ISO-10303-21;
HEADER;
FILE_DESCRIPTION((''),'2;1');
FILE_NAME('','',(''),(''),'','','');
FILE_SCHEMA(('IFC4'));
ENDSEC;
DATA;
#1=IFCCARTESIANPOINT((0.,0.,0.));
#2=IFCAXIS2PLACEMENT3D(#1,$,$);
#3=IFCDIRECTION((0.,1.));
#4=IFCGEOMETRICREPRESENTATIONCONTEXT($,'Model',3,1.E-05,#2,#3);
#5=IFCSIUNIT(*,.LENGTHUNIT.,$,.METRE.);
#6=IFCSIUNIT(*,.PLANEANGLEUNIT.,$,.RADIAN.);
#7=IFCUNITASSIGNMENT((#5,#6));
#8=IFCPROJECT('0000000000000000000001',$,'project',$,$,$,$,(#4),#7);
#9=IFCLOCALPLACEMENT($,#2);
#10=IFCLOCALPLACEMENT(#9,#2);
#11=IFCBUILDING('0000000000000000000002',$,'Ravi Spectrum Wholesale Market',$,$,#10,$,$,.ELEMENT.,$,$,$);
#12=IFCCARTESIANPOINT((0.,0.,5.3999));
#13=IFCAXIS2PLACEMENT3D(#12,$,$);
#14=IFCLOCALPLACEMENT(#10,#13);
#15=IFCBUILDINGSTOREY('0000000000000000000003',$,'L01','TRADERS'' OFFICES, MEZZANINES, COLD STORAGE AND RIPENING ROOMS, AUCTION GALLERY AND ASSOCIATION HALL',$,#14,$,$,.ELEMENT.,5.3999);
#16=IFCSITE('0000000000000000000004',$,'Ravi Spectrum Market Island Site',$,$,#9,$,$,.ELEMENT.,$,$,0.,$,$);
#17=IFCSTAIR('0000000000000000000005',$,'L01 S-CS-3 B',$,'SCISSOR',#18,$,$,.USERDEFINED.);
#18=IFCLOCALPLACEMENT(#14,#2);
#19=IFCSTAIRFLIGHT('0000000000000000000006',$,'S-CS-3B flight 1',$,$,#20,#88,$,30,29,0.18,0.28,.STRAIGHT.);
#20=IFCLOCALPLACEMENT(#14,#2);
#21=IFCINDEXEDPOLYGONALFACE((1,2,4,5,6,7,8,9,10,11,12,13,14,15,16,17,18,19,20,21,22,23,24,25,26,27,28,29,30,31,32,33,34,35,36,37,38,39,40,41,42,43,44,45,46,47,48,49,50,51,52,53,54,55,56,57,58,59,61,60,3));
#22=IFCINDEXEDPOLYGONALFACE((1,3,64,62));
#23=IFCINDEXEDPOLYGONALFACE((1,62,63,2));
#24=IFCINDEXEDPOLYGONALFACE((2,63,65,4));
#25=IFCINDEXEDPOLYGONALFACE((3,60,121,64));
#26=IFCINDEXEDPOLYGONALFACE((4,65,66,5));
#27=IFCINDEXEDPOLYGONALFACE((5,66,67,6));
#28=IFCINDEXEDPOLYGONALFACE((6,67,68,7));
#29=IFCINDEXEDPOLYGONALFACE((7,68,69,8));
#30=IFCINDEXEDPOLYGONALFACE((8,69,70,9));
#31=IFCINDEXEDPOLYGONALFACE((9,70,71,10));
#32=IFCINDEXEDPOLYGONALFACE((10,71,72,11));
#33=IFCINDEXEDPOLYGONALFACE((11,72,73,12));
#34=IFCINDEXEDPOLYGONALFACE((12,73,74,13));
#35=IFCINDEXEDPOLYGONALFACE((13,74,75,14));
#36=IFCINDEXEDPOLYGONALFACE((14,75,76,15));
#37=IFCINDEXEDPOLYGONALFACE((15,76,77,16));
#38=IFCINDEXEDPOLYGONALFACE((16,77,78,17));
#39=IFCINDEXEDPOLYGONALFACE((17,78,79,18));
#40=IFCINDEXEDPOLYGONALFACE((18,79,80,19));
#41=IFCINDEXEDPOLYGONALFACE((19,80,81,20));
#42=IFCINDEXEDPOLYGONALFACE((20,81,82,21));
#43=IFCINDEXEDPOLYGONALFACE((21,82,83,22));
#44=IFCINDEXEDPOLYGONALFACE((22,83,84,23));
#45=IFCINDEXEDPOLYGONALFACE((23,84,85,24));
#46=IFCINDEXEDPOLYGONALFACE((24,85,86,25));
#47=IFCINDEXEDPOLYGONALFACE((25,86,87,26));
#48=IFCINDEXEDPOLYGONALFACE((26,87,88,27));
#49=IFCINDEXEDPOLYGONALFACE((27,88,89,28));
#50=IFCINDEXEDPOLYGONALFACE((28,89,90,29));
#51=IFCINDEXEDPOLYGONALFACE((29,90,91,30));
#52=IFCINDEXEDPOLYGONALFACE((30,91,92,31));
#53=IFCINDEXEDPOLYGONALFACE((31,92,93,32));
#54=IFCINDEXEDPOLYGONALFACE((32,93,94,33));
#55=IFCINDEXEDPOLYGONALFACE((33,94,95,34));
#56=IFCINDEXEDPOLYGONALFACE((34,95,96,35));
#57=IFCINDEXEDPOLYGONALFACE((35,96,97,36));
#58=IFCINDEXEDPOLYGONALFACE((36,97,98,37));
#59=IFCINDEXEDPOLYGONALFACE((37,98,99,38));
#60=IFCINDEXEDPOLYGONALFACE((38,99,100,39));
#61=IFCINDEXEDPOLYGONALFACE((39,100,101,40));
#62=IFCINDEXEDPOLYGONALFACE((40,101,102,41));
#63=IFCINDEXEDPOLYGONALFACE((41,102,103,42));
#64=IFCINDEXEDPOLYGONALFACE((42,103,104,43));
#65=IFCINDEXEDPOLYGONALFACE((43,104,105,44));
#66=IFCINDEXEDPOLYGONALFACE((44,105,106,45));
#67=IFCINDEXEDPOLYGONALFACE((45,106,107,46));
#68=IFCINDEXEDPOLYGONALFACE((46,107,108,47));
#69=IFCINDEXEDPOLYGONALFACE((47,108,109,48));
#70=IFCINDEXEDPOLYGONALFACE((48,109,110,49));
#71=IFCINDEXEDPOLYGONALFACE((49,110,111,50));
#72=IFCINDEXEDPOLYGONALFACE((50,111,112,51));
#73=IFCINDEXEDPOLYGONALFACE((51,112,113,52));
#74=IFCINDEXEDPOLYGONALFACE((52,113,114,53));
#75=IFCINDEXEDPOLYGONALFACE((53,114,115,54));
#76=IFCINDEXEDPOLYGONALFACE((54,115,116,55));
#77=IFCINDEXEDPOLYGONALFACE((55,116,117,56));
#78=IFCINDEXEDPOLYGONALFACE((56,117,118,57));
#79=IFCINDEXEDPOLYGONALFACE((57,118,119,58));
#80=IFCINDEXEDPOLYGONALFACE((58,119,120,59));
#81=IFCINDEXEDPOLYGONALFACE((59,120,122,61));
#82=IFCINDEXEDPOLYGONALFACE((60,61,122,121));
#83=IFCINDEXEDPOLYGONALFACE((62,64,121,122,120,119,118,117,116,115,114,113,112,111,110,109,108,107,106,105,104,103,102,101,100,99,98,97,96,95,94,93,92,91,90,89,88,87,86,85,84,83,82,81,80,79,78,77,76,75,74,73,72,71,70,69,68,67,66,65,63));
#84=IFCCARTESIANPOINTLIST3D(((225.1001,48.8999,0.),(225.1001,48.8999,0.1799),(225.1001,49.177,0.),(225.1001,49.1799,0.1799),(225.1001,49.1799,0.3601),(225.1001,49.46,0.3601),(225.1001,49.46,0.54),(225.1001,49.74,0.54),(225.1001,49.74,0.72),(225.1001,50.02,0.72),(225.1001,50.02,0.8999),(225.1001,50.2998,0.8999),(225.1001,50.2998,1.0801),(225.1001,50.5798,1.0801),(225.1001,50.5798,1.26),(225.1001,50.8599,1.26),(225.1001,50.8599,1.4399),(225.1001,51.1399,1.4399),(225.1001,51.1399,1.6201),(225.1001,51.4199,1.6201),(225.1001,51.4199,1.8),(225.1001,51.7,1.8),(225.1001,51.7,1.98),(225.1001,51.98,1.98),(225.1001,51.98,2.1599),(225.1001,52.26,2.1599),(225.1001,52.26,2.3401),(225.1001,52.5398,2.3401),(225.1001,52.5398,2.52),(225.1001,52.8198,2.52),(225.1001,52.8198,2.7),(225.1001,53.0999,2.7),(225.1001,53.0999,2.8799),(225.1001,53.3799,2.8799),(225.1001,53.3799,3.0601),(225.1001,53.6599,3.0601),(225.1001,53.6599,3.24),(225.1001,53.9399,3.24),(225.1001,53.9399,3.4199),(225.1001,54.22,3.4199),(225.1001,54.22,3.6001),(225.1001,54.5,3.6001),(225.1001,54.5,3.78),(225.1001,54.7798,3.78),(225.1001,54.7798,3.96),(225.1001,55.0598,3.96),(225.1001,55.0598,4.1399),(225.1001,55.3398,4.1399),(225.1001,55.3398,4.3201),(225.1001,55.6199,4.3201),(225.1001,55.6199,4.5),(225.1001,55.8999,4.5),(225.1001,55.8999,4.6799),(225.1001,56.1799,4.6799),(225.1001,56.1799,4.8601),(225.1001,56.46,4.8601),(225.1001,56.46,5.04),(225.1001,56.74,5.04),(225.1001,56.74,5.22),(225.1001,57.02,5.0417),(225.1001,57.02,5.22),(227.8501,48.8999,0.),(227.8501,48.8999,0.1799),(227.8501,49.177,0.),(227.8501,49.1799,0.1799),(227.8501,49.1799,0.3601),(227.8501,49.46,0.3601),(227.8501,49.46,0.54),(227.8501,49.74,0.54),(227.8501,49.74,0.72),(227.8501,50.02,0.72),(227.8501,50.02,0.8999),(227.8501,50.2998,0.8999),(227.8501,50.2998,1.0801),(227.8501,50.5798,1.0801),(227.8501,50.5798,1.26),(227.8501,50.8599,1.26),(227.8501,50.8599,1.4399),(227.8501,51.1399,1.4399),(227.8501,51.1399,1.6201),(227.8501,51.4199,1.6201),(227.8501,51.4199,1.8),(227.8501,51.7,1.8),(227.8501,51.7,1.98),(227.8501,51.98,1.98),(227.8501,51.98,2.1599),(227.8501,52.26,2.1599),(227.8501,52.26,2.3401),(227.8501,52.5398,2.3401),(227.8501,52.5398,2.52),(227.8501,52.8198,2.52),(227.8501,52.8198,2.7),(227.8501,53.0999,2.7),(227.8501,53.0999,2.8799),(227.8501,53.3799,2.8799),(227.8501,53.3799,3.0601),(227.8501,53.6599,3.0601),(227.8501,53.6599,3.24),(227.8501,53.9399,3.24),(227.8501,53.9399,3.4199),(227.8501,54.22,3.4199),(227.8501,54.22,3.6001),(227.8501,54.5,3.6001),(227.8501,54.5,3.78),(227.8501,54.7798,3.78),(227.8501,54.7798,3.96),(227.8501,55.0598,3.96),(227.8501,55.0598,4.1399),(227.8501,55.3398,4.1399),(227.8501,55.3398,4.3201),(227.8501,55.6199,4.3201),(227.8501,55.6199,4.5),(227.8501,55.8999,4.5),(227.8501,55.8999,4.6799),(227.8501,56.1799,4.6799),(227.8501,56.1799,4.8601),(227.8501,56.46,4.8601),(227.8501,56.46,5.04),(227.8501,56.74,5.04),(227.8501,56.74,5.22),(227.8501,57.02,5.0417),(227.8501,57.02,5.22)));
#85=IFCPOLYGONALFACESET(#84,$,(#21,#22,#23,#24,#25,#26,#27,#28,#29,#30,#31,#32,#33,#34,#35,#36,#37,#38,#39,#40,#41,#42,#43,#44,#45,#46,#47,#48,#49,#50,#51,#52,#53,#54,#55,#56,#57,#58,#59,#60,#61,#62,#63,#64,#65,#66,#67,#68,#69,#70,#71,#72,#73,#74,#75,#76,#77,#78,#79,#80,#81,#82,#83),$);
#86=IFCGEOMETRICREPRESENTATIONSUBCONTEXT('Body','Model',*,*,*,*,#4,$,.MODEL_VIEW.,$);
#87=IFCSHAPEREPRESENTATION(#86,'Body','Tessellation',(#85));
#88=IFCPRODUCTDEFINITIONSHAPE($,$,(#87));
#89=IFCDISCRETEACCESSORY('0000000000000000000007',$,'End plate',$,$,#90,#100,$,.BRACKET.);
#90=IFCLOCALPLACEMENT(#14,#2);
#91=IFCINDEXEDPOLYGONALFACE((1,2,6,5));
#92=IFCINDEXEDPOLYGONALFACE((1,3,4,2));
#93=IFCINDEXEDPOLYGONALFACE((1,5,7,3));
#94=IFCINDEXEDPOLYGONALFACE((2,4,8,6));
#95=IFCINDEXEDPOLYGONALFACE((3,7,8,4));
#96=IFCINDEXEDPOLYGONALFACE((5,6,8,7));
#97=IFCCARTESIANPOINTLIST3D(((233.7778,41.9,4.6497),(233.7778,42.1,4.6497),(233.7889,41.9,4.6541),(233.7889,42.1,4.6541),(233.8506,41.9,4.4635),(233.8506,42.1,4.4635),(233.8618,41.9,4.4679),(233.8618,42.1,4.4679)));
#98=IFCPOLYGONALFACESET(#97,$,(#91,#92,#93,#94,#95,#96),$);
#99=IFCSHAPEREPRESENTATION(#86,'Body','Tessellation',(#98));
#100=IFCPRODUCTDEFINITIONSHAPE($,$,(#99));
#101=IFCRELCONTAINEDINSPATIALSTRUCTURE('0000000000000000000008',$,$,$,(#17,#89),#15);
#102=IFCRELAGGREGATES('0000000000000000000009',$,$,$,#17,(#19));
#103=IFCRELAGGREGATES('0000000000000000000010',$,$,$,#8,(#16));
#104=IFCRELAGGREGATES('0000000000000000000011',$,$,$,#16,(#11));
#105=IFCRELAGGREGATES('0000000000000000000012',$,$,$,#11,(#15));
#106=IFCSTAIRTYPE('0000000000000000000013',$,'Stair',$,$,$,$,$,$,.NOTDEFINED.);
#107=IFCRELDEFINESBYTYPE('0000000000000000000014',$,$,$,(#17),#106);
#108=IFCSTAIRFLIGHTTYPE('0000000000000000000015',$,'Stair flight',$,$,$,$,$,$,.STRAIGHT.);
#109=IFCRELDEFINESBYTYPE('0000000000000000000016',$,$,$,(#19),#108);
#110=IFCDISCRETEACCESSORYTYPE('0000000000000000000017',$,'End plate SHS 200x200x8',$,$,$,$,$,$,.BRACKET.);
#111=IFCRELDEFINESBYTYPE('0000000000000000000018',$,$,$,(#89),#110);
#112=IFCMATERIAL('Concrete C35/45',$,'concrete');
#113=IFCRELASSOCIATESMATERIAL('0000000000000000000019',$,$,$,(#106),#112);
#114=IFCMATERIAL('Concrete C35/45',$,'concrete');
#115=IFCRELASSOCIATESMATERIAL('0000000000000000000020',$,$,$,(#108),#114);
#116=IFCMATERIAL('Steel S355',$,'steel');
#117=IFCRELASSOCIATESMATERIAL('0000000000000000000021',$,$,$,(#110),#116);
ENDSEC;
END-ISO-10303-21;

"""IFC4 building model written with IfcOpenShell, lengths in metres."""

from ifc_helpers import new_model, si_unit, direction, frame, origin, origin_2d, place, context, subcontext, project, spatial, polyline, rectangle, outline, extrude, material, material_profile, profile_set, type_object, element, aggregate, save


model = new_model("IFC4")

# Units and contexts
model_context = context("Model", 3, precision=1e-05, world=origin(), true_north=direction((0.0, 1.0)))
body_context = subcontext(model_context, "Body", "Model", "MODEL_VIEW")
ifc_project = project(units=[si_unit("LENGTHUNIT", "METRE"), si_unit("PLANEANGLEUNIT", "RADIAN")], contexts=[model_context])

# Site, building, storey
site_placement = place(None, origin())
site = spatial("IfcSite", under=ifc_project, at=site_placement, Name="Ravi Spectrum Market Island Site", CompositionType="ELEMENT", RefElevation=0.0)
building_placement = place(site_placement, origin())
building = spatial("IfcBuilding", under=site, at=building_placement, Name="Ravi Spectrum Wholesale Market", CompositionType="ELEMENT")
storey_placement = place(building_placement, frame((0.0, 0.0, 5.3999)))
storey = spatial("IfcBuildingStorey", under=building, at=storey_placement, Name="L01", Description="TRADERS' OFFICES, MEZZANINES, COLD STORAGE AND RIPENING ROOMS, AUCTION GALLERY AND ASSOCIATION HALL", CompositionType="ELEMENT", Elevation=5.3999)

# Stair, stair flight
ifc_material_1 = material(Name="Concrete C35/45", Category="concrete")
stair_type = type_object("IfcStairType", Name="Stair", PredefinedType="NOTDEFINED", material=ifc_material_1)
stair_placement = place(storey_placement, origin())
stair = element("IfcStair", 1, at=stair_placement, inside=storey, type_object=stair_type, Name="L01 S-CS-3 B", ObjectType="SCISSOR", PredefinedType="USERDEFINED")
ifc_material_2 = material(Name="Concrete C35/45", Category="concrete")
stair_flight_type = type_object("IfcStairFlightType", Name="Stair flight", PredefinedType="STRAIGHT", material=ifc_material_2)
stair_flight_placement = place(storey_placement, frame((226.4751, 48.8999, 0.0), z_axis=(0.0, 0.0, 1.0), x_axis=(0.0, 1.0, 0.0)))
stair_flight = element("IfcStairFlight", 2, at=stair_flight_placement, type_object=stair_flight_type, Name="S-CS-3B flight 1", NumberOfRisers=30, NumberOfTreads=29, PredefinedType="STRAIGHT", RiserHeight=0.18, TreadLength=0.28, context=body_context, shape_type="SweptSolid", body=[
    extrude(outline(polyline([(0.0, 0.0), (0.0, 0.1799), (0.28, 0.1799), (0.28, 0.3601), (0.5601, 0.3601), (0.5601, 0.54), (0.8401, 0.54), (0.8401, 0.72), (1.1201, 0.72), (1.1201, 0.8999), (1.3999, 0.8999), (1.3999, 1.0801), (1.6799, 1.0801), (1.6799, 1.26), (1.96, 1.26), (1.96, 1.4399), (2.24, 1.4399), (2.24, 1.6201), (2.52, 1.6201), (2.52, 1.8), (2.8, 1.8), (2.8, 1.98), (3.0801, 1.98), (3.0801, 2.1599), (3.3601, 2.1599), (3.3601, 2.3401), (3.6399, 2.3401), (3.6399, 2.52), (3.9199, 2.52), (3.9199, 2.7), (4.2, 2.7), (4.2, 2.8799), (4.48, 2.8799), (4.48, 3.0601), (4.76, 3.0601), (4.76, 3.24), (5.04, 3.24), (5.04, 3.4199), (5.3201, 3.4199), (5.3201, 3.6001), (5.6001, 3.6001), (5.6001, 3.78), (5.8799, 3.78), (5.8799, 3.96), (6.1599, 3.96), (6.1599, 4.1399), (6.4399, 4.1399), (6.4399, 4.3201), (6.72, 4.3201), (6.72, 4.5), (7.0, 4.5), (7.0, 4.6799), (7.28, 4.6799), (7.28, 4.8601), (7.5601, 4.8601), (7.5601, 5.04), (7.8401, 5.04), (7.8401, 5.22), (8.1201, 5.22), (8.1201, 5.3999), (8.1201, 5.0417), (0.2771, 0.0), (0.0, 0.0)])), frame((0.0, 1.375, 0.0), z_axis=(0.0, -1.0, 0.0), x_axis=(1.0, 0.0, 0.0)), (0.0, 0.0, 1.0), 2.75),
])
aggregate(stair, [stair_flight])

# Discrete accessory
ifc_material_3 = material(Name="Steel S355", Category="steel")
ifc_material_profile_1 = material_profile(ifc_material_3, rectangle(XDim=0.2, YDim=0.2, at=origin_2d()))
ifc_profile_set_1 = profile_set([ifc_material_profile_1], Name="Steel S355")
discrete_accessory_type = type_object("IfcDiscreteAccessoryType", Name="End plate SHS 200x200x8", PredefinedType="BRACKET", material=ifc_profile_set_1)
discrete_accessory_placement = place(storey_placement, frame((233.8142, 42.0, 4.5566), z_axis=(0.931243, 0.0, 0.364399), x_axis=(0.0, 1.0, 0.0)))
element("IfcDiscreteAccessory", 3, at=discrete_accessory_placement, inside=storey, type_object=discrete_accessory_type, Name="End plate", PredefinedType="BRACKET", context=body_context, shape_type="SweptSolid", body=[
    extrude(rectangle(XDim=0.2, YDim=0.2, at=origin_2d()), origin(), (0.0, 0.0, 1.0), 0.012),
])

save(model, "model.ifc")
